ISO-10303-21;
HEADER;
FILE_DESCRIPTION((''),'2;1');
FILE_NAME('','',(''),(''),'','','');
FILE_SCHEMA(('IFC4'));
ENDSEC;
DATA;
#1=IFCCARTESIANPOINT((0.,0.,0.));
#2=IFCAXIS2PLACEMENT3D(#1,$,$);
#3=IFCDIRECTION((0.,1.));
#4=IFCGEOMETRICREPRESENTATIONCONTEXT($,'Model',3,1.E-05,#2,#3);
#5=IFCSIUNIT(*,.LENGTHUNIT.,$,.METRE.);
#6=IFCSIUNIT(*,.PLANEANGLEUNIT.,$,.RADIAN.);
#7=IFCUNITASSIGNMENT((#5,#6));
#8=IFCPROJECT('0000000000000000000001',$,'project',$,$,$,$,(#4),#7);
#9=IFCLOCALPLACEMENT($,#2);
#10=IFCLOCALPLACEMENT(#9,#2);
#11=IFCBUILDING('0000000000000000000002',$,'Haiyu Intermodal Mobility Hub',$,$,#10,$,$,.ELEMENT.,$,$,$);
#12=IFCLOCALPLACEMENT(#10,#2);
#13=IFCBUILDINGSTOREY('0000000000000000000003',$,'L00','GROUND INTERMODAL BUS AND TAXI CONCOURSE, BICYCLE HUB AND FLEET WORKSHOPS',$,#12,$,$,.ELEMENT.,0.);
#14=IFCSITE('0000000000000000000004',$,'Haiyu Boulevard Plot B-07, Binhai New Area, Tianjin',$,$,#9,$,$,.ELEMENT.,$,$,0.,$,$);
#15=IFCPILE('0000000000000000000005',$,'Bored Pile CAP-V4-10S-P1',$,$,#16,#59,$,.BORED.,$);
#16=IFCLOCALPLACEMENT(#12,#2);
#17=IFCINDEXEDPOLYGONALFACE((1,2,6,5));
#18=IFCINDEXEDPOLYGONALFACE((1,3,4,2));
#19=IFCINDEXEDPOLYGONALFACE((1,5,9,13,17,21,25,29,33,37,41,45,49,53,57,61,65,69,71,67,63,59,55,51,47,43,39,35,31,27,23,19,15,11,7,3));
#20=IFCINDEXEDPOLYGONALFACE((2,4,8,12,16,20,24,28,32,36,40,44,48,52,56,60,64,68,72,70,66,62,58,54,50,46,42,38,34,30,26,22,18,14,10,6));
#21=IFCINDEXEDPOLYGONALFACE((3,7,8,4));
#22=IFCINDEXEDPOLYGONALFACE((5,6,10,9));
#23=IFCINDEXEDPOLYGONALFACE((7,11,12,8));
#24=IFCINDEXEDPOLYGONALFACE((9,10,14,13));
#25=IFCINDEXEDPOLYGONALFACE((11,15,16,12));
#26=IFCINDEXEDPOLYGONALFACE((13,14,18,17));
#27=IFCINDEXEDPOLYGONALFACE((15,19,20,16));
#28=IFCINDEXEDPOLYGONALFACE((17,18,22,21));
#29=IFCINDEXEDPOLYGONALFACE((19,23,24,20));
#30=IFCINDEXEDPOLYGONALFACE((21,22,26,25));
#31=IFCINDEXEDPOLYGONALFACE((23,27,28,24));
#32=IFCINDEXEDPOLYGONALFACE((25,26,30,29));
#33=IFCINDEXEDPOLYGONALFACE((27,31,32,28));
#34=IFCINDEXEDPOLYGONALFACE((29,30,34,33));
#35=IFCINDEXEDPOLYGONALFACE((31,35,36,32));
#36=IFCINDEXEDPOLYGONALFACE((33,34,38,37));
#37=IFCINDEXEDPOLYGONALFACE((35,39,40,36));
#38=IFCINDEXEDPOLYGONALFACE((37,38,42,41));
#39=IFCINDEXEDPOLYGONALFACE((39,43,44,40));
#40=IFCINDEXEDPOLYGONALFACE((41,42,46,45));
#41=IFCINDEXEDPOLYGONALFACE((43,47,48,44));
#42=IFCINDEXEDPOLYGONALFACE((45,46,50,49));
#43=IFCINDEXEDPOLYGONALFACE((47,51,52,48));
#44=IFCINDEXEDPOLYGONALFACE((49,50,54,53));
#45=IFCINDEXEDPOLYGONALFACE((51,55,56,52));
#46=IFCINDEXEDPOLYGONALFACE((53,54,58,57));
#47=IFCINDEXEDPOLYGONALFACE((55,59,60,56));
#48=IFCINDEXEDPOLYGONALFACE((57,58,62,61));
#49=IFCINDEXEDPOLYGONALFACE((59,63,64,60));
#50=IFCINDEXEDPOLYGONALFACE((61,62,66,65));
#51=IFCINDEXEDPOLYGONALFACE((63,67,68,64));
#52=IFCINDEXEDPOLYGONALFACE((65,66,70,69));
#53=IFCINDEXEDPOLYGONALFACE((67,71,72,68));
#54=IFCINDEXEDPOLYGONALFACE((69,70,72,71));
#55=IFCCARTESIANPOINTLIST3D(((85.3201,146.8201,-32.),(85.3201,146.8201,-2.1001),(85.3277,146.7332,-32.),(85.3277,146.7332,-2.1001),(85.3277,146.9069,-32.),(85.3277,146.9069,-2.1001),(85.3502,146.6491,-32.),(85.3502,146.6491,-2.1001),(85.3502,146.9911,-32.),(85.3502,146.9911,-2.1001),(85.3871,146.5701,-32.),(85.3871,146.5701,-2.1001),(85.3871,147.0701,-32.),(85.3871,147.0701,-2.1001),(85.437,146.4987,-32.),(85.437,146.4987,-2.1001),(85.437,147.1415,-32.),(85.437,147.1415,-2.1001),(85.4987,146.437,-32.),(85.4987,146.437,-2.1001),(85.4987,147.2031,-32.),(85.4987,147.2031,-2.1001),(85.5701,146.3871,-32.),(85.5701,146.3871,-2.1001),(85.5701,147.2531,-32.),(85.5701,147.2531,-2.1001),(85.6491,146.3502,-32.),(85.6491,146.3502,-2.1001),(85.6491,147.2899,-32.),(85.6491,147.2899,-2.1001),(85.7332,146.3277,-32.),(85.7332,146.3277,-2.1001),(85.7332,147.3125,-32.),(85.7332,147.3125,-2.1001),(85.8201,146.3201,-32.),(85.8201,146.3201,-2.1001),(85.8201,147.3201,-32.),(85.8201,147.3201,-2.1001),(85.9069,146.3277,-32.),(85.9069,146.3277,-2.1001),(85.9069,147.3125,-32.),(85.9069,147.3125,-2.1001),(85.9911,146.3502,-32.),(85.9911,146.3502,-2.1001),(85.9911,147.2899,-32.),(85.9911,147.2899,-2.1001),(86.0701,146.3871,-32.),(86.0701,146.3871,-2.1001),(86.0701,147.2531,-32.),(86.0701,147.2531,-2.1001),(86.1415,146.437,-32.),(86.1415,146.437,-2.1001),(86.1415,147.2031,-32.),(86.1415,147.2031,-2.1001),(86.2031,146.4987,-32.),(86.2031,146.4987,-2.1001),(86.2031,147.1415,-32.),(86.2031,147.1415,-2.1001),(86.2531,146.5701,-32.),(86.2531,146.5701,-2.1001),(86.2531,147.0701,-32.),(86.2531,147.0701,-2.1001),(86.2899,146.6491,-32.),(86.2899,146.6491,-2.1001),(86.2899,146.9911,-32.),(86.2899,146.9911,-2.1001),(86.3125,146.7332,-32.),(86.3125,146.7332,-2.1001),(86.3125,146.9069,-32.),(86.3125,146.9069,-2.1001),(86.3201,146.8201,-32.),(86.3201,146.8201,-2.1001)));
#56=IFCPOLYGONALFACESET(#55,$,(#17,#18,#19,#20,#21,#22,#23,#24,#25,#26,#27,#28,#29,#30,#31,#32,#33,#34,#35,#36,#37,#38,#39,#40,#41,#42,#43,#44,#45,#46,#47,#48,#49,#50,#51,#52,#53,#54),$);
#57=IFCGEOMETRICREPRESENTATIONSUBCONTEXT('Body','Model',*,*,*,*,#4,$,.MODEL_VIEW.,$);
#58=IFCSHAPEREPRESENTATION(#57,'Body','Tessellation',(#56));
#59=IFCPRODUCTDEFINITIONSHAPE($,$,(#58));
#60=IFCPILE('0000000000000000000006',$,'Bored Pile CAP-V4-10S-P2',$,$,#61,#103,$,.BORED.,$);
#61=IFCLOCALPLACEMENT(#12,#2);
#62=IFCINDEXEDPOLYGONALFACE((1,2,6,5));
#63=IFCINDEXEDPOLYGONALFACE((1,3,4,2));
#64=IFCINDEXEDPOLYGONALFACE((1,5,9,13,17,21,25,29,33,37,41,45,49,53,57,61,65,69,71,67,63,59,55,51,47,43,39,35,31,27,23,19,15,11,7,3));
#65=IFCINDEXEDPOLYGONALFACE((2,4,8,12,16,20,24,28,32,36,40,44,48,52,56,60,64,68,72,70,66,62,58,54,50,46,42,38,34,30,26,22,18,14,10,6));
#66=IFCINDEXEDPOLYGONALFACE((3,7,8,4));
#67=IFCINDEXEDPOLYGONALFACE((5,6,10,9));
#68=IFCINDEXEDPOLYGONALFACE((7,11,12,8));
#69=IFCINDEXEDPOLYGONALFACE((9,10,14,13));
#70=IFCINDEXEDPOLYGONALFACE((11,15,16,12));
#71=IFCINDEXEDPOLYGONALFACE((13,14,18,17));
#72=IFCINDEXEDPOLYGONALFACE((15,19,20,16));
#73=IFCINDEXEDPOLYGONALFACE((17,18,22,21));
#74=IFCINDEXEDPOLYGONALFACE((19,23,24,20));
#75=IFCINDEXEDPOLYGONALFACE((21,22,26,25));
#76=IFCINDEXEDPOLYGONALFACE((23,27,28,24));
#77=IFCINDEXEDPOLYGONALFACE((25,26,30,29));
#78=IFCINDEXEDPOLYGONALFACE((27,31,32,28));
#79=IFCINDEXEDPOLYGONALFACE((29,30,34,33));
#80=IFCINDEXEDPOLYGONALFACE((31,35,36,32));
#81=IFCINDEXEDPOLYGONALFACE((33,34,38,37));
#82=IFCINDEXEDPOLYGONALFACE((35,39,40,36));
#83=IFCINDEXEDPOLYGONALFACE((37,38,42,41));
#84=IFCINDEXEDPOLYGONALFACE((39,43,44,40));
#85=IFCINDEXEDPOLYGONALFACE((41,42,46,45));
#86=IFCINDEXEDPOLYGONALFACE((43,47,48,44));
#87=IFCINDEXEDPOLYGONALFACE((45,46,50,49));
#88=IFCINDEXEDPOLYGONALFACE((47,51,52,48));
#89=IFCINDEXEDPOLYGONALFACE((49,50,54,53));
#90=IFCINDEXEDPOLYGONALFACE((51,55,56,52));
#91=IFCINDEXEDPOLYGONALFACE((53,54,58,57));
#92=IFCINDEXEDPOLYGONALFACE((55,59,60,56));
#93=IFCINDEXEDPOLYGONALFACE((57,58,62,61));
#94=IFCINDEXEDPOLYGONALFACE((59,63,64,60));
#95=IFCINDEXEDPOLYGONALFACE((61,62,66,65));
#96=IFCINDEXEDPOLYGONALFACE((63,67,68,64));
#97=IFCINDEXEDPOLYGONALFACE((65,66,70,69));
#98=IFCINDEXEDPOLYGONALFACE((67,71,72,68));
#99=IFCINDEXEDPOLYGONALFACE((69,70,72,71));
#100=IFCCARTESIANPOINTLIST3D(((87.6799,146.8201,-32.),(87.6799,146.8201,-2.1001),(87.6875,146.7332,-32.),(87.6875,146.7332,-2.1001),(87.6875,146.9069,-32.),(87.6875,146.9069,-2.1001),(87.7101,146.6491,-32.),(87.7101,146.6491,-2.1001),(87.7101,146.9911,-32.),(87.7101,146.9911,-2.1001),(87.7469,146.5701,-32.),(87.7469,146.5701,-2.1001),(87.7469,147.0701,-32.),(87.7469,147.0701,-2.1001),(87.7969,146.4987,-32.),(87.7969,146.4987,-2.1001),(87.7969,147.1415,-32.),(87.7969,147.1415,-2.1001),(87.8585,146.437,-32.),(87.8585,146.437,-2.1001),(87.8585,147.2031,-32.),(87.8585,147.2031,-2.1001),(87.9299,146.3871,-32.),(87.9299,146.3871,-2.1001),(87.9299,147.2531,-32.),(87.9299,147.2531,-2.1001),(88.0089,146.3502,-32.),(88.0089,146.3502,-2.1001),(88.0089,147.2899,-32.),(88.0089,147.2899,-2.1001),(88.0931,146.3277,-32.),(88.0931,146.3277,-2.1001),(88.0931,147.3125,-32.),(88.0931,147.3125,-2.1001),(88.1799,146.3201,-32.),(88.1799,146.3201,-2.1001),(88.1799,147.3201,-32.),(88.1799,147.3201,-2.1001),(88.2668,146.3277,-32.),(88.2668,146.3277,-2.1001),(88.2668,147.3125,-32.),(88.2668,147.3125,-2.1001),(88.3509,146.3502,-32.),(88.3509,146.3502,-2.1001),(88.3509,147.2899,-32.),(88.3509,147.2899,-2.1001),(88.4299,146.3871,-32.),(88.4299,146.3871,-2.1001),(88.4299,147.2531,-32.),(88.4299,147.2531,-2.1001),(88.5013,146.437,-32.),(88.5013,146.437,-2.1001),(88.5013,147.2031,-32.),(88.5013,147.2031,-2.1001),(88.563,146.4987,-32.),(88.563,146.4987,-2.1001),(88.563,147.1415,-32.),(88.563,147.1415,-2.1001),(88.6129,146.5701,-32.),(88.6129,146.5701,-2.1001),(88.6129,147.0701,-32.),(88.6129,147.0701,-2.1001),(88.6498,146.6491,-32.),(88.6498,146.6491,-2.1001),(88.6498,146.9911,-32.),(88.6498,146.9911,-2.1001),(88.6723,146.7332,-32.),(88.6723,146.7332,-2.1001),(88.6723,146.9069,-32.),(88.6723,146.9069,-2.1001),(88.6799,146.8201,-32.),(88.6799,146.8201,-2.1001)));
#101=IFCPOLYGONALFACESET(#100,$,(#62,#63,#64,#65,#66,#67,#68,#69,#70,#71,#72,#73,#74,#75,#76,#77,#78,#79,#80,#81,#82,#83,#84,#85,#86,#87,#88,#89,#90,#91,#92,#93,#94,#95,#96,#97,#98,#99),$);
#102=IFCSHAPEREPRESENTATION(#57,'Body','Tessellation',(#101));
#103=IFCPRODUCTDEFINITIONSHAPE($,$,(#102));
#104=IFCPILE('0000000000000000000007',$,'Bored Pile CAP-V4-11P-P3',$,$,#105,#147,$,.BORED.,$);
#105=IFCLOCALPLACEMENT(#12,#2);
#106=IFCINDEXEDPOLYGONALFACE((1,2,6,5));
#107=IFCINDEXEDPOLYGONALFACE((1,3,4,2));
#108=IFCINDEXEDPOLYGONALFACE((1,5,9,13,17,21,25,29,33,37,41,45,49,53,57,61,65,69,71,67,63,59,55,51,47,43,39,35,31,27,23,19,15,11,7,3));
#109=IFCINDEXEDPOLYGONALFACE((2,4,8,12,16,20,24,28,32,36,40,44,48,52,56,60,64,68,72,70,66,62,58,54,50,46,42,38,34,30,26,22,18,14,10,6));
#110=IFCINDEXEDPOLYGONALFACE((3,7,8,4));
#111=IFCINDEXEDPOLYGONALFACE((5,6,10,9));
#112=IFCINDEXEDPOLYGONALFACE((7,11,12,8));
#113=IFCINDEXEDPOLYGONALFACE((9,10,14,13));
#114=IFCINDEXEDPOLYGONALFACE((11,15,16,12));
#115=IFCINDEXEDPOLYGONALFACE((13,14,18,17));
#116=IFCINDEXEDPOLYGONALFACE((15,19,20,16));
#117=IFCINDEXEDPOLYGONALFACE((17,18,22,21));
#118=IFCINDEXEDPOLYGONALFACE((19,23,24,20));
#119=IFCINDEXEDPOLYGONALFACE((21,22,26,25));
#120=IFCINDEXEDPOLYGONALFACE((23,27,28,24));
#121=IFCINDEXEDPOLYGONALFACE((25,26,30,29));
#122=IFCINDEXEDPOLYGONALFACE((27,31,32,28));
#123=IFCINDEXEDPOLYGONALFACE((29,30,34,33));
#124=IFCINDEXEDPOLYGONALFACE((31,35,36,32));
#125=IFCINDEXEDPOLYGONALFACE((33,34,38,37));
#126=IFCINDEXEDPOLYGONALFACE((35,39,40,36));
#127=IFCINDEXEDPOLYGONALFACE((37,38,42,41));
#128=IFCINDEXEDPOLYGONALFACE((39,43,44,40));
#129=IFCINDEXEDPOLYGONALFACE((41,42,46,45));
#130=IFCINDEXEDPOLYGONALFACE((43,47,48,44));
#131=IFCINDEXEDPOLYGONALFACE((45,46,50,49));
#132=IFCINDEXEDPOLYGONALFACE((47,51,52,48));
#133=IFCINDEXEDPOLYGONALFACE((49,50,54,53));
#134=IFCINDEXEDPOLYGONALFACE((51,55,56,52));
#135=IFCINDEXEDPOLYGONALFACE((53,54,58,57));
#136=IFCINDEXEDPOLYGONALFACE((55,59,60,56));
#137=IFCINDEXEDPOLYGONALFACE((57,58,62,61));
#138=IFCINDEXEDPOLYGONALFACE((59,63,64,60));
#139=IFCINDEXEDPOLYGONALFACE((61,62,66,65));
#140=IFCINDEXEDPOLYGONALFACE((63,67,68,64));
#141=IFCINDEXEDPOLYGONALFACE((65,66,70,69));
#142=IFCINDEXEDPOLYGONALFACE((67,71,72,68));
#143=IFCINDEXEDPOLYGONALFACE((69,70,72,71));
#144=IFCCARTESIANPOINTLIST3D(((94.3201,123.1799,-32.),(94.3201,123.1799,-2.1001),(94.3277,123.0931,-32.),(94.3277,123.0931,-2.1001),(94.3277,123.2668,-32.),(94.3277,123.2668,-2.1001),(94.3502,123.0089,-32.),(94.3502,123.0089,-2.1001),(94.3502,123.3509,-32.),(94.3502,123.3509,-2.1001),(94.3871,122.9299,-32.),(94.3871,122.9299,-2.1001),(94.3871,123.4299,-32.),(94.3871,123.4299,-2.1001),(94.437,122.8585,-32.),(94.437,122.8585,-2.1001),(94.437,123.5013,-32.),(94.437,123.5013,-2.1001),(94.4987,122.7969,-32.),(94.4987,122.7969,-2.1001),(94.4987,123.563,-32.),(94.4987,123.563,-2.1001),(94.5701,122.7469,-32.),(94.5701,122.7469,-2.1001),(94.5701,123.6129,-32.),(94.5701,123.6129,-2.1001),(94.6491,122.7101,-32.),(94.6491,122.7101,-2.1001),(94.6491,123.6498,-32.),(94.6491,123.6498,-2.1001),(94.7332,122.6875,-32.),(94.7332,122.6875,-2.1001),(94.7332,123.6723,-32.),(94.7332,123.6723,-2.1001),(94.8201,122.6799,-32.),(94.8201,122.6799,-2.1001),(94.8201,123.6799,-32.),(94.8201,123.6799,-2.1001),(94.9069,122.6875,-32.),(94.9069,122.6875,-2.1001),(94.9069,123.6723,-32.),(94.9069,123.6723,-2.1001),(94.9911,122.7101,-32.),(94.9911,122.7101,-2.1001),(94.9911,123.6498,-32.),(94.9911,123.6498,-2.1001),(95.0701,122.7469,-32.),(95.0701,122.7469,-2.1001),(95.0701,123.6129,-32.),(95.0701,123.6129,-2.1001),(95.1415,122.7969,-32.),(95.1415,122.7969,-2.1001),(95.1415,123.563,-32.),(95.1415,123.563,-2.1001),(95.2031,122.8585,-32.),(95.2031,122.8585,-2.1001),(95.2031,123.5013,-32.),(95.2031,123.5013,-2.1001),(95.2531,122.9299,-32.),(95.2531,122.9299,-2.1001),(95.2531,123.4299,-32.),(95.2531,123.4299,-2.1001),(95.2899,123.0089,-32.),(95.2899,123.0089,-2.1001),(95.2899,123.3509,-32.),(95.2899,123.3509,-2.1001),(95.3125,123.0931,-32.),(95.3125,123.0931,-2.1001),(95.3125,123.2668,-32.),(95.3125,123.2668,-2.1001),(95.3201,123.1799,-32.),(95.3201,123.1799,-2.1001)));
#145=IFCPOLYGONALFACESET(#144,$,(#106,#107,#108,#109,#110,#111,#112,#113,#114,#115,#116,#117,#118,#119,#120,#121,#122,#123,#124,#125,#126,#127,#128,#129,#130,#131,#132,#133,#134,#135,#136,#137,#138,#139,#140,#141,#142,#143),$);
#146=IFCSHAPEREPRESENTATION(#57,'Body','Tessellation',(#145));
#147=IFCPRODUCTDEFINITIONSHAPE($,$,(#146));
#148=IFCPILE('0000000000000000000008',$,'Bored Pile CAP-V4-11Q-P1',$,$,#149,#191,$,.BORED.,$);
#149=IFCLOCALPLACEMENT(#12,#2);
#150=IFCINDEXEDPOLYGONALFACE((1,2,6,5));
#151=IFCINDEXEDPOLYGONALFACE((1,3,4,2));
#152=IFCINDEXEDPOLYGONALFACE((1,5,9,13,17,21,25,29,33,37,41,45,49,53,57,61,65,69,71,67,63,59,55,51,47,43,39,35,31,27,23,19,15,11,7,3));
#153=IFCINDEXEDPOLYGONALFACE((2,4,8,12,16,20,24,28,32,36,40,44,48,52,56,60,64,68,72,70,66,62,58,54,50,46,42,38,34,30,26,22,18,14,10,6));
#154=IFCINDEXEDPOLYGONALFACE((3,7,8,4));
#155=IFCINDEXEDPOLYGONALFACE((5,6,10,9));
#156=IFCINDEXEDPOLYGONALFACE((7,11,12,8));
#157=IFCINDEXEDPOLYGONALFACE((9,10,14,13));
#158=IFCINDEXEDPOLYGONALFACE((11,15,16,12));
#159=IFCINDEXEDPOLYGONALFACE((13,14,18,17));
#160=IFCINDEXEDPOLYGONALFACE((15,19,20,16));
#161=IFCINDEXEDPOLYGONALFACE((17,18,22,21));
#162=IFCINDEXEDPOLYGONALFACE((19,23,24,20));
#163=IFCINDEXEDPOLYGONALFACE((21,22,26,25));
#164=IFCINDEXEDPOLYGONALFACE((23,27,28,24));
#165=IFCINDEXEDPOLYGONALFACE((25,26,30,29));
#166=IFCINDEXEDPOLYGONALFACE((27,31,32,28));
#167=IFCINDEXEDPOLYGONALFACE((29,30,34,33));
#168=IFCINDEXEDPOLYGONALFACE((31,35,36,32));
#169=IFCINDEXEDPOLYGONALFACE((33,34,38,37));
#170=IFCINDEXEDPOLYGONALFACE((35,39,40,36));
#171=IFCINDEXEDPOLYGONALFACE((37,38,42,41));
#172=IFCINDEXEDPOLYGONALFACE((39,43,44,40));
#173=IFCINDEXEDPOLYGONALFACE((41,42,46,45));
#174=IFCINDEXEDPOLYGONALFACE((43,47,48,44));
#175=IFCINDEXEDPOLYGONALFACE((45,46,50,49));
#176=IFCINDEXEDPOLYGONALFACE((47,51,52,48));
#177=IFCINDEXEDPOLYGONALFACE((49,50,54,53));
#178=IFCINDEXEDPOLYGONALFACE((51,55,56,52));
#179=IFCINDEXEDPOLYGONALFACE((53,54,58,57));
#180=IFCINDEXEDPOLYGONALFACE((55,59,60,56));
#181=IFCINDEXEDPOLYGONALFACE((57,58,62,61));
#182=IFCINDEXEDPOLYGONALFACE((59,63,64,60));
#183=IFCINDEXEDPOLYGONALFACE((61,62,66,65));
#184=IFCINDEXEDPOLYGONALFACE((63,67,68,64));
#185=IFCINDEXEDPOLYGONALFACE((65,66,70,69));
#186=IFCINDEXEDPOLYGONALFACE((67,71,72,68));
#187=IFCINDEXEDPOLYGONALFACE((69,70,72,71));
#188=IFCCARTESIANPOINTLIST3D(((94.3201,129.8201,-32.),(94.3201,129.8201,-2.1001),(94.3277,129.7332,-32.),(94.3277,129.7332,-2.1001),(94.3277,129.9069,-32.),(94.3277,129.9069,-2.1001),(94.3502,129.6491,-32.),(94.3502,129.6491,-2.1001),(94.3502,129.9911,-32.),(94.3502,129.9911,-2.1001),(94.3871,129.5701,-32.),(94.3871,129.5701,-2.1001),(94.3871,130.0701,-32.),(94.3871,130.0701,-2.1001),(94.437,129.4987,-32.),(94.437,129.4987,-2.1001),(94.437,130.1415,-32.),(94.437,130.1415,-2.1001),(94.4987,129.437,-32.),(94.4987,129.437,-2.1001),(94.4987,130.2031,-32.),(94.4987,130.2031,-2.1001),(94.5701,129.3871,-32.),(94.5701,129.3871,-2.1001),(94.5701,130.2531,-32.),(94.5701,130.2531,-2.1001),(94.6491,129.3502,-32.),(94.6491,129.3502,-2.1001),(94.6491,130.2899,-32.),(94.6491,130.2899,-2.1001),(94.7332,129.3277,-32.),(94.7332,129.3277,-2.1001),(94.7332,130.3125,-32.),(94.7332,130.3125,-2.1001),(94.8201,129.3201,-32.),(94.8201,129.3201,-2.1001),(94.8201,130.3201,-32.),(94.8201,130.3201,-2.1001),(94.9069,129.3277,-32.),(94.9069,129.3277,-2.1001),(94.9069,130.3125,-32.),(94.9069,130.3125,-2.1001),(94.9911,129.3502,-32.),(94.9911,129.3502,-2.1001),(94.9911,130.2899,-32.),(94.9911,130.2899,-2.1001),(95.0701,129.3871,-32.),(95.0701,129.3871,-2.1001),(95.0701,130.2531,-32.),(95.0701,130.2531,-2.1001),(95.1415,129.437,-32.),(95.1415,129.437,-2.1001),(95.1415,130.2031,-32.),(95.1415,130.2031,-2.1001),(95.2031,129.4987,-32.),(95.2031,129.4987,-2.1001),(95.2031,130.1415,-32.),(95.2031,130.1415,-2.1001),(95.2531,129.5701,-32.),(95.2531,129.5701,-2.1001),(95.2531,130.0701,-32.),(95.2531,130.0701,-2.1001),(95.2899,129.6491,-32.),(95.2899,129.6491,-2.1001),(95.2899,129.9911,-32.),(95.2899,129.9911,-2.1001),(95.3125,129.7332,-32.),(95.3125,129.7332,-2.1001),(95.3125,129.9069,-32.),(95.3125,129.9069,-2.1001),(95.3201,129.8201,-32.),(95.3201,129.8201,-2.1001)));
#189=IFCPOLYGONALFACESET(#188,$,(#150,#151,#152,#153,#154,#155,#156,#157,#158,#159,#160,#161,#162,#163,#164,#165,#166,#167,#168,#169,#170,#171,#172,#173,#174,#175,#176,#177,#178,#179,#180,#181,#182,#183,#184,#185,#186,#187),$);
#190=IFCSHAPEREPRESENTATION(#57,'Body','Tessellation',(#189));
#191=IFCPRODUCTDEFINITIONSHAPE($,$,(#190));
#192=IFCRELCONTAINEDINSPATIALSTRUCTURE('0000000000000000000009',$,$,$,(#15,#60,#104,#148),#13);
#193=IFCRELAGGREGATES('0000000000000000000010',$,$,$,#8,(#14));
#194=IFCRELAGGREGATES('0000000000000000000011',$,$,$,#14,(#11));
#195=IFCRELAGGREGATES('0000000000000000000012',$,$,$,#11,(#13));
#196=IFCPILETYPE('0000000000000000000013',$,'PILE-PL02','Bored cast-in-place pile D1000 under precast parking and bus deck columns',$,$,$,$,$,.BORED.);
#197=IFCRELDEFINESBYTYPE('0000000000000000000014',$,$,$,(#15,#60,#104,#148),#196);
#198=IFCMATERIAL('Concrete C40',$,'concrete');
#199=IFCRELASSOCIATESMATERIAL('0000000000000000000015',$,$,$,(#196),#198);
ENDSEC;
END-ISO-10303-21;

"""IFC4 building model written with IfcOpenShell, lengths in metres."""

from ifc_helpers import new_model, si_unit, direction, frame, origin, origin_2d, place, context, subcontext, project, spatial, circle, extrude, material, material_profile, profile_set, type_object, element, save


model = new_model("IFC4")

# Units and contexts
model_context = context("Model", 3, precision=1e-05, world=origin(), true_north=direction((0.0, 1.0)))
body_context = subcontext(model_context, "Body", "Model", "MODEL_VIEW")
ifc_project = project(units=[si_unit("LENGTHUNIT", "METRE"), si_unit("PLANEANGLEUNIT", "RADIAN")], contexts=[model_context])

# Site, building, storey
site_placement = place(None, origin())
site = spatial("IfcSite", under=ifc_project, at=site_placement, Name="Haiyu Boulevard Plot B-07, Binhai New Area, Tianjin", CompositionType="ELEMENT", RefElevation=0.0)
building_placement = place(site_placement, origin())
building = spatial("IfcBuilding", under=site, at=building_placement, Name="Haiyu Intermodal Mobility Hub", CompositionType="ELEMENT")
storey_placement = place(building_placement, origin())
storey = spatial("IfcBuildingStorey", under=building, at=storey_placement, Name="L00", Description="GROUND INTERMODAL BUS AND TAXI CONCOURSE, BICYCLE HUB AND FLEET WORKSHOPS", CompositionType="ELEMENT", Elevation=0.0)

# Shared definitions
ifc_material_1 = material(Name="Concrete C40", Category="concrete")

# Piles
ifc_material_profile_1 = material_profile(ifc_material_1, circle(Radius=0.5, at=origin_2d()), Name="PILE-D1000")
ifc_profile_set_1 = profile_set([ifc_material_profile_1], Name="Concrete C40")
pile_type = type_object("IfcPileType", Name="PILE-PL02", Description="Bored cast-in-place pile D1000 under precast parking and bus deck columns", PredefinedType="BORED", material=ifc_profile_set_1)
for number, where, z_axis, x_axis, name in (
    (1, (85.8201, 146.8201, -2.1001), (0.0, 0.0, -1.0), (1.0, 0.0, 0.0), "Bored Pile CAP-V4-10S-P1"),
    (2, (88.1799, 146.8201, -2.1001), (0.0, 0.0, -1.0), (1.0, 0.0, 0.0), "Bored Pile CAP-V4-10S-P2"),
    (3, (94.8201, 123.1799, -2.1001), (0.0, 0.0, -1.0), (1.0, 0.0, 0.0), "Bored Pile CAP-V4-11P-P3"),
    (4, (94.8201, 129.8201, -2.1001), (0.0, 0.0, -1.0), (1.0, 0.0, 0.0), "Bored Pile CAP-V4-11Q-P1"),
):
    element("IfcPile", number, at=place(storey_placement, frame(where, z_axis=z_axis, x_axis=x_axis)), inside=storey, type_object=pile_type, Name=name, PredefinedType="BORED", context=body_context, shape_type="SweptSolid", body=[
        extrude(circle(Radius=0.5, at=origin_2d()), origin(), (0.0, 0.0, 1.0), 29.8999),
    ])

save(model, "model.ifc")
